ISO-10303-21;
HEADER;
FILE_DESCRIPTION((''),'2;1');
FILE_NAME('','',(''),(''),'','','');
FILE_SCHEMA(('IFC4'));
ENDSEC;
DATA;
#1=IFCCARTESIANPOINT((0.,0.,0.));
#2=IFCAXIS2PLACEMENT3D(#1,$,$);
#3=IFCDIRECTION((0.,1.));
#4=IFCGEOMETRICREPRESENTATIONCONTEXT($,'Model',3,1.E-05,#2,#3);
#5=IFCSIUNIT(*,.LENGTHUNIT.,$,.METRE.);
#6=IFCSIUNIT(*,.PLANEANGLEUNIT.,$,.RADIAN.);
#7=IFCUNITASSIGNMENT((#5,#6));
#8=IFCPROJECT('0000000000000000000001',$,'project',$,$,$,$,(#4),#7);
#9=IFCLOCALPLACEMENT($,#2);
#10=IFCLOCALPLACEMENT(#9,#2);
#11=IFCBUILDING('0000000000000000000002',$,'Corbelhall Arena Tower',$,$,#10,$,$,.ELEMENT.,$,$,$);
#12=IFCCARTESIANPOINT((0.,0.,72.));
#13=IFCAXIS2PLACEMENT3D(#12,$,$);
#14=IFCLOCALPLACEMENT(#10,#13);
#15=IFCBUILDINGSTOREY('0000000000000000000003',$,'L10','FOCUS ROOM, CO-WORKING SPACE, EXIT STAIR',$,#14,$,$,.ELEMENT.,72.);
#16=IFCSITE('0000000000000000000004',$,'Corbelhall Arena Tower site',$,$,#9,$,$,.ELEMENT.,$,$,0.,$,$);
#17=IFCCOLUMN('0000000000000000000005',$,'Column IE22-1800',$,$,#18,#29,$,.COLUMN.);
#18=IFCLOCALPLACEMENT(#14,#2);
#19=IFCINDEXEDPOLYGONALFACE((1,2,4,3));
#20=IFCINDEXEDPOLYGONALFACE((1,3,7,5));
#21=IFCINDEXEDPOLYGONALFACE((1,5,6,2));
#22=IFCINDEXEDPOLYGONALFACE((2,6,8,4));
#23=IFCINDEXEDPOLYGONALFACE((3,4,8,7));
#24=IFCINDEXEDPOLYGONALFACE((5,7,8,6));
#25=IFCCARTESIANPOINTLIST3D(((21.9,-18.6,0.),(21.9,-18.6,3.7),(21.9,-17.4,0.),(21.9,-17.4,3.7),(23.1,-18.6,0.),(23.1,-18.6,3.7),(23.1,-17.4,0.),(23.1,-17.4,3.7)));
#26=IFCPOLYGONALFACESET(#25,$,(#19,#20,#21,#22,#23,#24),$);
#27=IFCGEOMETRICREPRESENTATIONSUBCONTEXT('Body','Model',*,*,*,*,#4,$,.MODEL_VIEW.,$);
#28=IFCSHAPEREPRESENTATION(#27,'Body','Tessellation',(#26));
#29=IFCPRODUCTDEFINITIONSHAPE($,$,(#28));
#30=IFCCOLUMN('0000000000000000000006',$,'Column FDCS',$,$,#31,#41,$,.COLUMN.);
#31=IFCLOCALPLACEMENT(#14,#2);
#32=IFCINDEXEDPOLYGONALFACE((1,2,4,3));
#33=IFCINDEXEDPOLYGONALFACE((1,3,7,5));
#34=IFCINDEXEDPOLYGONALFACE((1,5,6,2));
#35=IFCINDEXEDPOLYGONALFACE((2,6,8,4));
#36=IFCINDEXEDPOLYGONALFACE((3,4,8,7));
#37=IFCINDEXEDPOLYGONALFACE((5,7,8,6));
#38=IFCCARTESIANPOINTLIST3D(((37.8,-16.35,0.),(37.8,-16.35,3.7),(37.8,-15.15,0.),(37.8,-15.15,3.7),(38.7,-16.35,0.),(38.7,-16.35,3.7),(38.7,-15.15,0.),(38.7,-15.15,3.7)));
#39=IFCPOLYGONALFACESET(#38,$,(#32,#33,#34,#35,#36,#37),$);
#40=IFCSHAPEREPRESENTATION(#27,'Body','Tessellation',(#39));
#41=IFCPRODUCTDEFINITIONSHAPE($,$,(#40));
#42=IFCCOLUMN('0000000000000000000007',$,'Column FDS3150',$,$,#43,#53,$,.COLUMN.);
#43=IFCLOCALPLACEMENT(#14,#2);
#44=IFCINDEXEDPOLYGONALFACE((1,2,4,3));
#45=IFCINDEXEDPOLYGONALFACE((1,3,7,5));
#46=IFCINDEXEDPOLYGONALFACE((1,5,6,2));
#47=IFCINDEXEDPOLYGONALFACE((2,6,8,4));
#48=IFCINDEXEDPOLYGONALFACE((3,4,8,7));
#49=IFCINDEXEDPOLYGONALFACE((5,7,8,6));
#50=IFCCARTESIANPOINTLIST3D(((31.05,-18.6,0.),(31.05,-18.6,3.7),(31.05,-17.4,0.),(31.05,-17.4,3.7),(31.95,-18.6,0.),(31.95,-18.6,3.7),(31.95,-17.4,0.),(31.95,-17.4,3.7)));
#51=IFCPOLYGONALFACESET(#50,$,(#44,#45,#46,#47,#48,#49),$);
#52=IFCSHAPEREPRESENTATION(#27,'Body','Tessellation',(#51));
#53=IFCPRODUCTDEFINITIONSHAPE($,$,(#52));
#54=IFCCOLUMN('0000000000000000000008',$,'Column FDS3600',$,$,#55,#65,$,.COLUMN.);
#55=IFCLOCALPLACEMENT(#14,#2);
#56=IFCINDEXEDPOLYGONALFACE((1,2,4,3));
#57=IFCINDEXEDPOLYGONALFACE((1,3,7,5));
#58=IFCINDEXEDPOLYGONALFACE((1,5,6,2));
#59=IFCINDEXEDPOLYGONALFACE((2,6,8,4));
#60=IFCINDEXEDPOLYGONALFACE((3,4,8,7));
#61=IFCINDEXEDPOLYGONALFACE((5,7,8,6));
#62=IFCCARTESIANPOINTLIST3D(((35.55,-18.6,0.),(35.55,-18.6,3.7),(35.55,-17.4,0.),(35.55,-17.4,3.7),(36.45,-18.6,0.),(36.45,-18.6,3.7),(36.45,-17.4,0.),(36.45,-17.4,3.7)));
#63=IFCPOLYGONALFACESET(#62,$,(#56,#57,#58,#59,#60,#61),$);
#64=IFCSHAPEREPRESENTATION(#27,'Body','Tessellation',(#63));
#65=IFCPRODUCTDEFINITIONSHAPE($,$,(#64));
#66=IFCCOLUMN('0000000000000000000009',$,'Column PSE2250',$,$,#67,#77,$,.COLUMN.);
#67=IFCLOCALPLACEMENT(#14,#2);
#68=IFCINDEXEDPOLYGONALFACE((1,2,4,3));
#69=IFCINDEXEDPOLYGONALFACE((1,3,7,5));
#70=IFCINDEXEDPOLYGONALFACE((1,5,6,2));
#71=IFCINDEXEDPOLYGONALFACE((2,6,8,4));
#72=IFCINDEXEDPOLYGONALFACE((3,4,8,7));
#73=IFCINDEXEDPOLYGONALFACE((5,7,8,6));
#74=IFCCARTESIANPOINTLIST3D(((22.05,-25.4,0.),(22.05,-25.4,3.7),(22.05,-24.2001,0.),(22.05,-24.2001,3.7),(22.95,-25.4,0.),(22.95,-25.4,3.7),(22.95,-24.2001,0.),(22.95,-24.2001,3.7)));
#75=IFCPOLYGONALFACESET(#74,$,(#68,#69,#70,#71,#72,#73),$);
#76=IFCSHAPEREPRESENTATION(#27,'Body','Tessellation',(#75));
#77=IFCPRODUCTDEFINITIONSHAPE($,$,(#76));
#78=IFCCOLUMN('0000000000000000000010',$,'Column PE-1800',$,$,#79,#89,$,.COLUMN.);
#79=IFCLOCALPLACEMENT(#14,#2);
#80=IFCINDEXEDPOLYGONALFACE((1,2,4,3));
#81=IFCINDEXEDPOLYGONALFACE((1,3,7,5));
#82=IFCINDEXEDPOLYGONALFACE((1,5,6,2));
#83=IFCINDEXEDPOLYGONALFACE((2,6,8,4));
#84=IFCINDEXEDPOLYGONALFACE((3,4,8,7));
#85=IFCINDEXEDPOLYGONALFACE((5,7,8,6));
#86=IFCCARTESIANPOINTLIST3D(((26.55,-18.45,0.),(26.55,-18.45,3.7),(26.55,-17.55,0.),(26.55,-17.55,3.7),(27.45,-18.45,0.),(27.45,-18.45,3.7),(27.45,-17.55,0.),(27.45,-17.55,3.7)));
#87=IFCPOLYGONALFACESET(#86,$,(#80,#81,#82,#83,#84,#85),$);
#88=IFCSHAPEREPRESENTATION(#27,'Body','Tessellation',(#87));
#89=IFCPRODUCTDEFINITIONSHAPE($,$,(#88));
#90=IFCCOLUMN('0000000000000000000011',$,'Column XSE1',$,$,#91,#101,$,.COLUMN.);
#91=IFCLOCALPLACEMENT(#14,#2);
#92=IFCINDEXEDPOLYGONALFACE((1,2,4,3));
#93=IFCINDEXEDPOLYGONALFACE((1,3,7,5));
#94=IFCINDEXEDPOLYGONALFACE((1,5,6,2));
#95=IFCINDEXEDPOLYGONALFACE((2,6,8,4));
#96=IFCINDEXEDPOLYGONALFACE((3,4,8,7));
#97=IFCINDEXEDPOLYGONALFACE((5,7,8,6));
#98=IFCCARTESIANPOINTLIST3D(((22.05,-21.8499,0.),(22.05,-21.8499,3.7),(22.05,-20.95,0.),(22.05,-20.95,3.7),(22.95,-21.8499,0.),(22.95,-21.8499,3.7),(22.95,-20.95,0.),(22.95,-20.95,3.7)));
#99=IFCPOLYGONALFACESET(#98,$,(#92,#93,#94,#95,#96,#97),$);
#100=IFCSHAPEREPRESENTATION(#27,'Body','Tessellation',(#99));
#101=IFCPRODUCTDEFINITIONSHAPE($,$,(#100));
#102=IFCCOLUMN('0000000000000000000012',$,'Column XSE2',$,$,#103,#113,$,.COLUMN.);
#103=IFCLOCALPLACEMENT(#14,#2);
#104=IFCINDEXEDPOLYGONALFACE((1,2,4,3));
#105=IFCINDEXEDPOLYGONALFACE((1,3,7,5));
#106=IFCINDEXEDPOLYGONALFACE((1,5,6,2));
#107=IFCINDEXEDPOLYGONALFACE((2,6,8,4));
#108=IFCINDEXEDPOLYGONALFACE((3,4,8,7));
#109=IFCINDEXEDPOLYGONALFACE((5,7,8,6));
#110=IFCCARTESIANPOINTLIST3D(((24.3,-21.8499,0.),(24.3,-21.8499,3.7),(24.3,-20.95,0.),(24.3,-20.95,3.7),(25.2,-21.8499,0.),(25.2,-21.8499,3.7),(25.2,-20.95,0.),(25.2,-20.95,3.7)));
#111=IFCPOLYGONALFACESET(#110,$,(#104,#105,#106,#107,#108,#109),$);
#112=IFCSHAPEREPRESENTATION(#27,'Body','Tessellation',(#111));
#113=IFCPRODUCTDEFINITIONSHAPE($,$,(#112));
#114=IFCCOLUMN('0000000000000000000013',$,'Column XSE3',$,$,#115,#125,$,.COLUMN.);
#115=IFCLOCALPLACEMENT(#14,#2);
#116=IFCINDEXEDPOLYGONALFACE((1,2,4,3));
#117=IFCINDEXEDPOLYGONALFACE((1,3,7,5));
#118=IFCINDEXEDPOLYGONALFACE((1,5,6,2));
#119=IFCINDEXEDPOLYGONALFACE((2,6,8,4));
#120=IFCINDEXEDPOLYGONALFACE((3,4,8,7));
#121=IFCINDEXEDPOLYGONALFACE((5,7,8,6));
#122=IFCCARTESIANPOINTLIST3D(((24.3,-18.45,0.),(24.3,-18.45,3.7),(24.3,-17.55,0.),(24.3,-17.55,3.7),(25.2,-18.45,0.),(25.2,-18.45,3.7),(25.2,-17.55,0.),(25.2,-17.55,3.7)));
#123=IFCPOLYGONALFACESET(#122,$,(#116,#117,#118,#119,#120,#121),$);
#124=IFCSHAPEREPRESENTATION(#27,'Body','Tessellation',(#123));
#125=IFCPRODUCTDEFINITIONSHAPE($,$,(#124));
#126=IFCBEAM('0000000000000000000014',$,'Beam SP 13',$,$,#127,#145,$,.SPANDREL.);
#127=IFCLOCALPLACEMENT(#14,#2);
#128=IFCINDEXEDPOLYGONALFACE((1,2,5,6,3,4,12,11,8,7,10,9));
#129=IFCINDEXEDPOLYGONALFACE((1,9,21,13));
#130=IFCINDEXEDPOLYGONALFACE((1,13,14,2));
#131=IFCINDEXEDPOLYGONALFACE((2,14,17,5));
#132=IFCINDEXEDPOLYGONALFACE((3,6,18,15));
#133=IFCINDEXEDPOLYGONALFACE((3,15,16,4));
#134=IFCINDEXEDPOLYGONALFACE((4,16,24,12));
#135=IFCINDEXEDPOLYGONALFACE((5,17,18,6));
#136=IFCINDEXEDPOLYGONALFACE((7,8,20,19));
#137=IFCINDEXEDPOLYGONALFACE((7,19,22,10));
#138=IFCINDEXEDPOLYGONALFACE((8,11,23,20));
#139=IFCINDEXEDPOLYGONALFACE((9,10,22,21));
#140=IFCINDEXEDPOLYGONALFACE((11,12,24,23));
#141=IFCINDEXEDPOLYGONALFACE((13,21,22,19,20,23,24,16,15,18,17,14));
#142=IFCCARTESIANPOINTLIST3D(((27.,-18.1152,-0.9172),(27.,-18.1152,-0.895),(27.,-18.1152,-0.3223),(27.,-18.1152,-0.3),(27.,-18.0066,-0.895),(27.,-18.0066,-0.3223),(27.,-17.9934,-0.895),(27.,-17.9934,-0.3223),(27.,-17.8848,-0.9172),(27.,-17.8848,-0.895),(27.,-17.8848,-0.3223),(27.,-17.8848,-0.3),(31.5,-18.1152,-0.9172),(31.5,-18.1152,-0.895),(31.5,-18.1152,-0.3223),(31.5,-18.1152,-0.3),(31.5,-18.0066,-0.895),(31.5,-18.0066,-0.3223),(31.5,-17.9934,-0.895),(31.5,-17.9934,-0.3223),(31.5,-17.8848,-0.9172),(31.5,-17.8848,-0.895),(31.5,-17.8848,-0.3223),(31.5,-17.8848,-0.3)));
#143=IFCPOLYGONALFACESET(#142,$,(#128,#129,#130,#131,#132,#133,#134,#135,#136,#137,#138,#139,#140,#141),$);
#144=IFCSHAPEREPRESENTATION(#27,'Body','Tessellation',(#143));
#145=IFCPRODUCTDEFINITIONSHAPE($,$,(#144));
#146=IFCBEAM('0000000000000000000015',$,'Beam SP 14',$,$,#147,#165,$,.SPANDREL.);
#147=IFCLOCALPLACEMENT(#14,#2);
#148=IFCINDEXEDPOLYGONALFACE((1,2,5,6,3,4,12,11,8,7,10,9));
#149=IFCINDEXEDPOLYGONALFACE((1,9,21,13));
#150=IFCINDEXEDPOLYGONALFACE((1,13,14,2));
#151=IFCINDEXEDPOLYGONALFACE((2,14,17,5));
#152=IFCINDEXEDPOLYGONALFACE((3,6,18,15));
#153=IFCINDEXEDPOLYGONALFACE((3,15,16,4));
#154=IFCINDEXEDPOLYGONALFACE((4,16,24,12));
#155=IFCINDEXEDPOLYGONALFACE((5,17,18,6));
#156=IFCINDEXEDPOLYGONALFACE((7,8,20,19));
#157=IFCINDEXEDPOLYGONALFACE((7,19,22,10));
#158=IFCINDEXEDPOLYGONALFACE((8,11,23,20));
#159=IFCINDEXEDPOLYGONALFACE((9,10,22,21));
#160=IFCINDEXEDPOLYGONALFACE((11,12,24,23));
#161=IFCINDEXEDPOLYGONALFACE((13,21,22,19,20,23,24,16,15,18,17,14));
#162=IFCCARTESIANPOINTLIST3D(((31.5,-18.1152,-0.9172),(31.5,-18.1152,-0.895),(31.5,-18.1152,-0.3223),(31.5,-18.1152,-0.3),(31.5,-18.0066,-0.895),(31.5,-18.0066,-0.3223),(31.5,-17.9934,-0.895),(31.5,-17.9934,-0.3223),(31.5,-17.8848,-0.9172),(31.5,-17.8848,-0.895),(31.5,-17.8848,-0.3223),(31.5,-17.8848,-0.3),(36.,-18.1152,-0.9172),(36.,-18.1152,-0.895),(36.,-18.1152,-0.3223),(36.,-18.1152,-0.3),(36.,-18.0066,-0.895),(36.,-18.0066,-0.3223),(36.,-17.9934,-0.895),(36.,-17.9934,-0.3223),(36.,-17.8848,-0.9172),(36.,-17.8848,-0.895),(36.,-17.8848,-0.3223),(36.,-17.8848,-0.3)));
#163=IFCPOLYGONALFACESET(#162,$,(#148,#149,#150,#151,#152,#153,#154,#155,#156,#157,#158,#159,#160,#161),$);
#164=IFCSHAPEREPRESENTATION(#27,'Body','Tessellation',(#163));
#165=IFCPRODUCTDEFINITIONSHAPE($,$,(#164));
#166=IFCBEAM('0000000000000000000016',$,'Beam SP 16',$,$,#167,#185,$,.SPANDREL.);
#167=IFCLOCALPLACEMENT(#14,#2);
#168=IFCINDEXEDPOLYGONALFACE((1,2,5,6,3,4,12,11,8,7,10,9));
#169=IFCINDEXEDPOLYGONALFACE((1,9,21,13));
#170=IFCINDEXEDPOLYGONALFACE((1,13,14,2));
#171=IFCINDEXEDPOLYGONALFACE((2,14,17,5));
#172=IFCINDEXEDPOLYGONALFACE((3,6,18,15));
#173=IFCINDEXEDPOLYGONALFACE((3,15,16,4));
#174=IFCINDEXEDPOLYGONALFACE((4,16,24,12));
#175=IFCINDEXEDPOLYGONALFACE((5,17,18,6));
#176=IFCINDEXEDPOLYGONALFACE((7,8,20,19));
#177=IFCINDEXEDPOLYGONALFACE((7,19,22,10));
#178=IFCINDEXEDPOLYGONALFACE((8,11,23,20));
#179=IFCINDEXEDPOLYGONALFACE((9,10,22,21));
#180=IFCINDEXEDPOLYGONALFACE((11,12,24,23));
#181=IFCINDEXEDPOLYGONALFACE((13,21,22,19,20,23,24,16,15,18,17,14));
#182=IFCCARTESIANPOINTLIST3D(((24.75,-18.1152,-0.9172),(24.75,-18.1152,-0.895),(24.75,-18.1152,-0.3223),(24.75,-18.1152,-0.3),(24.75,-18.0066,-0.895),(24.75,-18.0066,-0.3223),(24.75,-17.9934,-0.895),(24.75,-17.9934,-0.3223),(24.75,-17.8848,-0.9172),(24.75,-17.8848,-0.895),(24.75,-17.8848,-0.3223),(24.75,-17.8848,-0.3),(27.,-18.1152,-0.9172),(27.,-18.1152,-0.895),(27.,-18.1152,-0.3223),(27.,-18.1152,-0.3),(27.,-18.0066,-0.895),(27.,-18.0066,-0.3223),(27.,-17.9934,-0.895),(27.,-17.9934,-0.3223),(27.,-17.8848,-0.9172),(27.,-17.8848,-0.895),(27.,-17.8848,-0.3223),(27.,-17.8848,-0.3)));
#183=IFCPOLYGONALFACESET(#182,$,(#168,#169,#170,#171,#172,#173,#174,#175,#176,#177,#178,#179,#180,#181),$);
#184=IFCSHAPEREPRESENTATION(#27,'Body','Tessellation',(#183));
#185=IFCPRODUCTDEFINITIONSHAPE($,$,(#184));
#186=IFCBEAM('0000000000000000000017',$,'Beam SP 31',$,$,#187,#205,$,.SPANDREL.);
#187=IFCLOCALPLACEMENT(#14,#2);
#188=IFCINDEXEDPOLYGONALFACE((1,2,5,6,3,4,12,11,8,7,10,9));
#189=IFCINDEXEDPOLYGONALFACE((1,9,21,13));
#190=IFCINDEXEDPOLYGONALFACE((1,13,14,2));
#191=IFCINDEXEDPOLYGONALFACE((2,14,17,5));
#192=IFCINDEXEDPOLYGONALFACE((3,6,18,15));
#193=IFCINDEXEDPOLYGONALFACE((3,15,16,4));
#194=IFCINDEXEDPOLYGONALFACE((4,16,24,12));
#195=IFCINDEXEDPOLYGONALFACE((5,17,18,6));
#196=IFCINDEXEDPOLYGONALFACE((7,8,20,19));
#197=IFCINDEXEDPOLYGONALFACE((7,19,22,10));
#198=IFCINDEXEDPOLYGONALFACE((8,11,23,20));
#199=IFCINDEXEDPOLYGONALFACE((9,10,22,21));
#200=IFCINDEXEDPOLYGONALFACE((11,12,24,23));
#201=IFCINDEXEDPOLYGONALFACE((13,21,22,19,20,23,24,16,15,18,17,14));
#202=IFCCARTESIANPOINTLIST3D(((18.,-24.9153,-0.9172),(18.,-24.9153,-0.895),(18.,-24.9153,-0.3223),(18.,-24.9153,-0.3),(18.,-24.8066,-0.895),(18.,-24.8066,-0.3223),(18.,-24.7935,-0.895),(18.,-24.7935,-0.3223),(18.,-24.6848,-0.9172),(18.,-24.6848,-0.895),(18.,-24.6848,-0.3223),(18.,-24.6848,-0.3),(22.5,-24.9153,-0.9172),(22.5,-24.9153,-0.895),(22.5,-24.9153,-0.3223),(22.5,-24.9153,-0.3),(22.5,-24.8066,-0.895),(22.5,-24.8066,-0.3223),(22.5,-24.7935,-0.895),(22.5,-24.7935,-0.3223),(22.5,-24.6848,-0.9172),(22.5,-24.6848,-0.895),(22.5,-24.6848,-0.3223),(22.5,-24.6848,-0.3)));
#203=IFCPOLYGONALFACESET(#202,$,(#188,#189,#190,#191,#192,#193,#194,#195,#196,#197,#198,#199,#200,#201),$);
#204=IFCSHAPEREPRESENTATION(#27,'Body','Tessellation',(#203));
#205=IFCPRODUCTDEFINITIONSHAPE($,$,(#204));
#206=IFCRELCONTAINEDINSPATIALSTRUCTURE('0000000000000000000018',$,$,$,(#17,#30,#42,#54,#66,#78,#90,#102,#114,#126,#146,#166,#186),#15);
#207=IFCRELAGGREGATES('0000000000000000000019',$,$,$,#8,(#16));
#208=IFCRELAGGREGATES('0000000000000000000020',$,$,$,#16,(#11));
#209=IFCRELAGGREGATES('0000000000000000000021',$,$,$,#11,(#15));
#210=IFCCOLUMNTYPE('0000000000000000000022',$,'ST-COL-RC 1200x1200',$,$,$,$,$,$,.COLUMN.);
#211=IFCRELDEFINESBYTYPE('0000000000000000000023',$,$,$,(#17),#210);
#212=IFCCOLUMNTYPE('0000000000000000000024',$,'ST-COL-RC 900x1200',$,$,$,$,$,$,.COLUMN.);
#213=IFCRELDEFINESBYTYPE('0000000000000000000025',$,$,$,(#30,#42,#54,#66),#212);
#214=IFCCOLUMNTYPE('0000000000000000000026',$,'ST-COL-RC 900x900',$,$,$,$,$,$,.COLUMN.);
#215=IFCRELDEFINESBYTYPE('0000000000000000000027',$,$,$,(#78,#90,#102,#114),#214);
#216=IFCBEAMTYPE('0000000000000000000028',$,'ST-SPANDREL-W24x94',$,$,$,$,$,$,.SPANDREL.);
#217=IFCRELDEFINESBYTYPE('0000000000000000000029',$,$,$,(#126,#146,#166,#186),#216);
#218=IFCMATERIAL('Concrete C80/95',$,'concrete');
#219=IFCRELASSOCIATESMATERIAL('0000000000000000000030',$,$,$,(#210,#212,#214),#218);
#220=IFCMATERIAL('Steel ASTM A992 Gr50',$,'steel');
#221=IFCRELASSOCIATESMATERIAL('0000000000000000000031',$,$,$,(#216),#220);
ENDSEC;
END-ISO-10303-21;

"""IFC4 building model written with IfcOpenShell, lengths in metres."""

from ifc_helpers import new_model, si_unit, direction, frame, origin, origin_2d, place, context, subcontext, project, spatial, rectangle, i_section, extrude, material, material_profile, profile_set, type_object, element, save


model = new_model("IFC4")

# Units and contexts
model_context = context("Model", 3, precision=1e-05, world=origin(), true_north=direction((0.0, 1.0)))
body_context = subcontext(model_context, "Body", "Model", "MODEL_VIEW")
ifc_project = project(units=[si_unit("LENGTHUNIT", "METRE"), si_unit("PLANEANGLEUNIT", "RADIAN")], contexts=[model_context])

# Site, building, storey
site_placement = place(None, origin())
site = spatial("IfcSite", under=ifc_project, at=site_placement, Name="Corbelhall Arena Tower site", CompositionType="ELEMENT", RefElevation=0.0)
building_placement = place(site_placement, origin())
building = spatial("IfcBuilding", under=site, at=building_placement, Name="Corbelhall Arena Tower", CompositionType="ELEMENT")
storey_placement = place(building_placement, frame((0.0, 0.0, 72.0)))
storey = spatial("IfcBuildingStorey", under=building, at=storey_placement, Name="L10", Description="FOCUS ROOM, CO-WORKING SPACE, EXIT STAIR", CompositionType="ELEMENT", Elevation=72.0)

# Columns
ifc_material_1 = material(Name="Concrete C80/95", Category="concrete")
ifc_material_profile_1 = material_profile(ifc_material_1, rectangle(XDim=1.2, YDim=1.2, at=origin_2d()))
ifc_profile_set_1 = profile_set([ifc_material_profile_1], Name="Concrete C80/95")
column_type_1 = type_object("IfcColumnType", Name="ST-COL-RC 1200x1200", PredefinedType="COLUMN", material=ifc_profile_set_1)
column_placement = place(storey_placement, frame((22.5, -18.0, 0.0), z_axis=(0.0, 0.0, 1.0), x_axis=(1.0, 0.0, 0.0)))
element("IfcColumn", 1, at=column_placement, inside=storey, type_object=column_type_1, Name="Column IE22-1800", PredefinedType="COLUMN", context=body_context, shape_type="SweptSolid", body=[
    extrude(rectangle(XDim=1.2, YDim=1.2, at=origin_2d()), origin(), (0.0, 0.0, 1.0), 3.7),
])
ifc_material_profile_2 = material_profile(ifc_material_1, rectangle(XDim=0.8999, YDim=1.2, at=origin_2d()))
ifc_profile_set_2 = profile_set([ifc_material_profile_2], Name="Concrete C80/95")
column_type_2 = type_object("IfcColumnType", Name="ST-COL-RC 900x1200", PredefinedType="COLUMN", material=ifc_profile_set_2)
for number, where, z_axis, x_axis, name in (
    (2, (38.25, -15.75, 0.0), (0.0, 0.0, 1.0), (1.0, 0.0, 0.0), "Column FDCS"),
    (3, (31.5, -18.0, 0.0), (0.0, 0.0, 1.0), (1.0, 0.0, 0.0), "Column FDS3150"),
    (4, (36.0, -18.0, 0.0), (0.0, 0.0, 1.0), (1.0, 0.0, 0.0), "Column FDS3600"),
    (5, (22.5, -24.8, 0.0), (0.0, 0.0, 1.0), (1.0, 0.0, 0.0), "Column PSE2250"),
):
    element("IfcColumn", number, at=place(storey_placement, frame(where, z_axis=z_axis, x_axis=x_axis)), inside=storey, type_object=column_type_2, Name=name, PredefinedType="COLUMN", context=body_context, shape_type="SweptSolid", body=[
        extrude(rectangle(XDim=0.8999, YDim=1.2, at=origin_2d()), origin(), (0.0, 0.0, 1.0), 3.7),
    ])
ifc_material_profile_3 = material_profile(ifc_material_1, rectangle(XDim=0.8999, YDim=0.8999, at=origin_2d()))
ifc_profile_set_3 = profile_set([ifc_material_profile_3], Name="Concrete C80/95")
column_type_3 = type_object("IfcColumnType", Name="ST-COL-RC 900x900", PredefinedType="COLUMN", material=ifc_profile_set_3)
for number, where, z_axis, x_axis, name in (
    (6, (27.0, -18.0, 0.0), (0.0, 0.0, 1.0), (1.0, 0.0, 0.0), "Column PE-1800"),
    (7, (22.5, -21.3999, 0.0), (0.0, 0.0, 1.0), (1.0, 0.0, 0.0), "Column XSE1"),
    (8, (24.75, -21.3999, 0.0), (0.0, 0.0, 1.0), (1.0, 0.0, 0.0), "Column XSE2"),
    (9, (24.75, -18.0, 0.0), (0.0, 0.0, 1.0), (1.0, 0.0, 0.0), "Column XSE3"),
):
    element("IfcColumn", number, at=place(storey_placement, frame(where, z_axis=z_axis, x_axis=x_axis)), inside=storey, type_object=column_type_3, Name=name, PredefinedType="COLUMN", context=body_context, shape_type="SweptSolid", body=[
        extrude(rectangle(XDim=0.8999, YDim=0.8999, at=origin_2d()), origin(), (0.0, 0.0, 1.0), 3.7),
    ])

# Beams
ifc_material_2 = material(Name="Steel ASTM A992 Gr50", Category="steel")
ifc_material_profile_4 = material_profile(ifc_material_2, i_section(OverallWidth=0.2305, OverallDepth=0.6172, WebThickness=0.0132, FlangeThickness=0.0222, at=origin_2d()))
ifc_profile_set_4 = profile_set([ifc_material_profile_4], Name="Steel ASTM A992 Gr50")
beam_type = type_object("IfcBeamType", Name="ST-SPANDREL-W24x94", PredefinedType="SPANDREL", material=ifc_profile_set_4)
for number, where, z_axis, x_axis, name in (
    (10, (31.5, -18.0, -0.6086), (-1.0, 0.0, 0.0), (0.0, -1.0, 0.0), "Beam SP 13"),
    (11, (36.0, -18.0, -0.6086), (-1.0, 0.0, 0.0), (0.0, -1.0, 0.0), "Beam SP 14"),
):
    element("IfcBeam", number, at=place(storey_placement, frame(where, z_axis=z_axis, x_axis=x_axis)), inside=storey, type_object=beam_type, Name=name, PredefinedType="SPANDREL", context=body_context, shape_type="SweptSolid", body=[
        extrude(i_section(OverallWidth=0.2305, OverallDepth=0.6172, WebThickness=0.0132, FlangeThickness=0.0222, at=origin_2d()), origin(), (0.0, 0.0, 1.0), 4.5),
    ])
beam_1_placement = place(storey_placement, frame((27.0, -18.0, -0.6086), z_axis=(-1.0, 0.0, 0.0), x_axis=(0.0, -1.0, 0.0)))
element("IfcBeam", 12, at=beam_1_placement, inside=storey, type_object=beam_type, Name="Beam SP 16", PredefinedType="SPANDREL", context=body_context, shape_type="SweptSolid", body=[
    extrude(i_section(OverallWidth=0.2305, OverallDepth=0.6172, WebThickness=0.0132, FlangeThickness=0.0222, at=origin_2d()), origin(), (0.0, 0.0, 1.0), 2.25),
])
beam_2_placement = place(storey_placement, frame((22.5, -24.8, -0.6086), z_axis=(-1.0, 0.0, 0.0), x_axis=(0.0, -1.0, 0.0)))
element("IfcBeam", 13, at=beam_2_placement, inside=storey, type_object=beam_type, Name="Beam SP 31", PredefinedType="SPANDREL", context=body_context, shape_type="SweptSolid", body=[
    extrude(i_section(OverallWidth=0.2305, OverallDepth=0.6172, WebThickness=0.0132, FlangeThickness=0.0222, at=origin_2d()), origin(), (0.0, 0.0, 1.0), 4.5),
])

save(model, "model.ifc")
